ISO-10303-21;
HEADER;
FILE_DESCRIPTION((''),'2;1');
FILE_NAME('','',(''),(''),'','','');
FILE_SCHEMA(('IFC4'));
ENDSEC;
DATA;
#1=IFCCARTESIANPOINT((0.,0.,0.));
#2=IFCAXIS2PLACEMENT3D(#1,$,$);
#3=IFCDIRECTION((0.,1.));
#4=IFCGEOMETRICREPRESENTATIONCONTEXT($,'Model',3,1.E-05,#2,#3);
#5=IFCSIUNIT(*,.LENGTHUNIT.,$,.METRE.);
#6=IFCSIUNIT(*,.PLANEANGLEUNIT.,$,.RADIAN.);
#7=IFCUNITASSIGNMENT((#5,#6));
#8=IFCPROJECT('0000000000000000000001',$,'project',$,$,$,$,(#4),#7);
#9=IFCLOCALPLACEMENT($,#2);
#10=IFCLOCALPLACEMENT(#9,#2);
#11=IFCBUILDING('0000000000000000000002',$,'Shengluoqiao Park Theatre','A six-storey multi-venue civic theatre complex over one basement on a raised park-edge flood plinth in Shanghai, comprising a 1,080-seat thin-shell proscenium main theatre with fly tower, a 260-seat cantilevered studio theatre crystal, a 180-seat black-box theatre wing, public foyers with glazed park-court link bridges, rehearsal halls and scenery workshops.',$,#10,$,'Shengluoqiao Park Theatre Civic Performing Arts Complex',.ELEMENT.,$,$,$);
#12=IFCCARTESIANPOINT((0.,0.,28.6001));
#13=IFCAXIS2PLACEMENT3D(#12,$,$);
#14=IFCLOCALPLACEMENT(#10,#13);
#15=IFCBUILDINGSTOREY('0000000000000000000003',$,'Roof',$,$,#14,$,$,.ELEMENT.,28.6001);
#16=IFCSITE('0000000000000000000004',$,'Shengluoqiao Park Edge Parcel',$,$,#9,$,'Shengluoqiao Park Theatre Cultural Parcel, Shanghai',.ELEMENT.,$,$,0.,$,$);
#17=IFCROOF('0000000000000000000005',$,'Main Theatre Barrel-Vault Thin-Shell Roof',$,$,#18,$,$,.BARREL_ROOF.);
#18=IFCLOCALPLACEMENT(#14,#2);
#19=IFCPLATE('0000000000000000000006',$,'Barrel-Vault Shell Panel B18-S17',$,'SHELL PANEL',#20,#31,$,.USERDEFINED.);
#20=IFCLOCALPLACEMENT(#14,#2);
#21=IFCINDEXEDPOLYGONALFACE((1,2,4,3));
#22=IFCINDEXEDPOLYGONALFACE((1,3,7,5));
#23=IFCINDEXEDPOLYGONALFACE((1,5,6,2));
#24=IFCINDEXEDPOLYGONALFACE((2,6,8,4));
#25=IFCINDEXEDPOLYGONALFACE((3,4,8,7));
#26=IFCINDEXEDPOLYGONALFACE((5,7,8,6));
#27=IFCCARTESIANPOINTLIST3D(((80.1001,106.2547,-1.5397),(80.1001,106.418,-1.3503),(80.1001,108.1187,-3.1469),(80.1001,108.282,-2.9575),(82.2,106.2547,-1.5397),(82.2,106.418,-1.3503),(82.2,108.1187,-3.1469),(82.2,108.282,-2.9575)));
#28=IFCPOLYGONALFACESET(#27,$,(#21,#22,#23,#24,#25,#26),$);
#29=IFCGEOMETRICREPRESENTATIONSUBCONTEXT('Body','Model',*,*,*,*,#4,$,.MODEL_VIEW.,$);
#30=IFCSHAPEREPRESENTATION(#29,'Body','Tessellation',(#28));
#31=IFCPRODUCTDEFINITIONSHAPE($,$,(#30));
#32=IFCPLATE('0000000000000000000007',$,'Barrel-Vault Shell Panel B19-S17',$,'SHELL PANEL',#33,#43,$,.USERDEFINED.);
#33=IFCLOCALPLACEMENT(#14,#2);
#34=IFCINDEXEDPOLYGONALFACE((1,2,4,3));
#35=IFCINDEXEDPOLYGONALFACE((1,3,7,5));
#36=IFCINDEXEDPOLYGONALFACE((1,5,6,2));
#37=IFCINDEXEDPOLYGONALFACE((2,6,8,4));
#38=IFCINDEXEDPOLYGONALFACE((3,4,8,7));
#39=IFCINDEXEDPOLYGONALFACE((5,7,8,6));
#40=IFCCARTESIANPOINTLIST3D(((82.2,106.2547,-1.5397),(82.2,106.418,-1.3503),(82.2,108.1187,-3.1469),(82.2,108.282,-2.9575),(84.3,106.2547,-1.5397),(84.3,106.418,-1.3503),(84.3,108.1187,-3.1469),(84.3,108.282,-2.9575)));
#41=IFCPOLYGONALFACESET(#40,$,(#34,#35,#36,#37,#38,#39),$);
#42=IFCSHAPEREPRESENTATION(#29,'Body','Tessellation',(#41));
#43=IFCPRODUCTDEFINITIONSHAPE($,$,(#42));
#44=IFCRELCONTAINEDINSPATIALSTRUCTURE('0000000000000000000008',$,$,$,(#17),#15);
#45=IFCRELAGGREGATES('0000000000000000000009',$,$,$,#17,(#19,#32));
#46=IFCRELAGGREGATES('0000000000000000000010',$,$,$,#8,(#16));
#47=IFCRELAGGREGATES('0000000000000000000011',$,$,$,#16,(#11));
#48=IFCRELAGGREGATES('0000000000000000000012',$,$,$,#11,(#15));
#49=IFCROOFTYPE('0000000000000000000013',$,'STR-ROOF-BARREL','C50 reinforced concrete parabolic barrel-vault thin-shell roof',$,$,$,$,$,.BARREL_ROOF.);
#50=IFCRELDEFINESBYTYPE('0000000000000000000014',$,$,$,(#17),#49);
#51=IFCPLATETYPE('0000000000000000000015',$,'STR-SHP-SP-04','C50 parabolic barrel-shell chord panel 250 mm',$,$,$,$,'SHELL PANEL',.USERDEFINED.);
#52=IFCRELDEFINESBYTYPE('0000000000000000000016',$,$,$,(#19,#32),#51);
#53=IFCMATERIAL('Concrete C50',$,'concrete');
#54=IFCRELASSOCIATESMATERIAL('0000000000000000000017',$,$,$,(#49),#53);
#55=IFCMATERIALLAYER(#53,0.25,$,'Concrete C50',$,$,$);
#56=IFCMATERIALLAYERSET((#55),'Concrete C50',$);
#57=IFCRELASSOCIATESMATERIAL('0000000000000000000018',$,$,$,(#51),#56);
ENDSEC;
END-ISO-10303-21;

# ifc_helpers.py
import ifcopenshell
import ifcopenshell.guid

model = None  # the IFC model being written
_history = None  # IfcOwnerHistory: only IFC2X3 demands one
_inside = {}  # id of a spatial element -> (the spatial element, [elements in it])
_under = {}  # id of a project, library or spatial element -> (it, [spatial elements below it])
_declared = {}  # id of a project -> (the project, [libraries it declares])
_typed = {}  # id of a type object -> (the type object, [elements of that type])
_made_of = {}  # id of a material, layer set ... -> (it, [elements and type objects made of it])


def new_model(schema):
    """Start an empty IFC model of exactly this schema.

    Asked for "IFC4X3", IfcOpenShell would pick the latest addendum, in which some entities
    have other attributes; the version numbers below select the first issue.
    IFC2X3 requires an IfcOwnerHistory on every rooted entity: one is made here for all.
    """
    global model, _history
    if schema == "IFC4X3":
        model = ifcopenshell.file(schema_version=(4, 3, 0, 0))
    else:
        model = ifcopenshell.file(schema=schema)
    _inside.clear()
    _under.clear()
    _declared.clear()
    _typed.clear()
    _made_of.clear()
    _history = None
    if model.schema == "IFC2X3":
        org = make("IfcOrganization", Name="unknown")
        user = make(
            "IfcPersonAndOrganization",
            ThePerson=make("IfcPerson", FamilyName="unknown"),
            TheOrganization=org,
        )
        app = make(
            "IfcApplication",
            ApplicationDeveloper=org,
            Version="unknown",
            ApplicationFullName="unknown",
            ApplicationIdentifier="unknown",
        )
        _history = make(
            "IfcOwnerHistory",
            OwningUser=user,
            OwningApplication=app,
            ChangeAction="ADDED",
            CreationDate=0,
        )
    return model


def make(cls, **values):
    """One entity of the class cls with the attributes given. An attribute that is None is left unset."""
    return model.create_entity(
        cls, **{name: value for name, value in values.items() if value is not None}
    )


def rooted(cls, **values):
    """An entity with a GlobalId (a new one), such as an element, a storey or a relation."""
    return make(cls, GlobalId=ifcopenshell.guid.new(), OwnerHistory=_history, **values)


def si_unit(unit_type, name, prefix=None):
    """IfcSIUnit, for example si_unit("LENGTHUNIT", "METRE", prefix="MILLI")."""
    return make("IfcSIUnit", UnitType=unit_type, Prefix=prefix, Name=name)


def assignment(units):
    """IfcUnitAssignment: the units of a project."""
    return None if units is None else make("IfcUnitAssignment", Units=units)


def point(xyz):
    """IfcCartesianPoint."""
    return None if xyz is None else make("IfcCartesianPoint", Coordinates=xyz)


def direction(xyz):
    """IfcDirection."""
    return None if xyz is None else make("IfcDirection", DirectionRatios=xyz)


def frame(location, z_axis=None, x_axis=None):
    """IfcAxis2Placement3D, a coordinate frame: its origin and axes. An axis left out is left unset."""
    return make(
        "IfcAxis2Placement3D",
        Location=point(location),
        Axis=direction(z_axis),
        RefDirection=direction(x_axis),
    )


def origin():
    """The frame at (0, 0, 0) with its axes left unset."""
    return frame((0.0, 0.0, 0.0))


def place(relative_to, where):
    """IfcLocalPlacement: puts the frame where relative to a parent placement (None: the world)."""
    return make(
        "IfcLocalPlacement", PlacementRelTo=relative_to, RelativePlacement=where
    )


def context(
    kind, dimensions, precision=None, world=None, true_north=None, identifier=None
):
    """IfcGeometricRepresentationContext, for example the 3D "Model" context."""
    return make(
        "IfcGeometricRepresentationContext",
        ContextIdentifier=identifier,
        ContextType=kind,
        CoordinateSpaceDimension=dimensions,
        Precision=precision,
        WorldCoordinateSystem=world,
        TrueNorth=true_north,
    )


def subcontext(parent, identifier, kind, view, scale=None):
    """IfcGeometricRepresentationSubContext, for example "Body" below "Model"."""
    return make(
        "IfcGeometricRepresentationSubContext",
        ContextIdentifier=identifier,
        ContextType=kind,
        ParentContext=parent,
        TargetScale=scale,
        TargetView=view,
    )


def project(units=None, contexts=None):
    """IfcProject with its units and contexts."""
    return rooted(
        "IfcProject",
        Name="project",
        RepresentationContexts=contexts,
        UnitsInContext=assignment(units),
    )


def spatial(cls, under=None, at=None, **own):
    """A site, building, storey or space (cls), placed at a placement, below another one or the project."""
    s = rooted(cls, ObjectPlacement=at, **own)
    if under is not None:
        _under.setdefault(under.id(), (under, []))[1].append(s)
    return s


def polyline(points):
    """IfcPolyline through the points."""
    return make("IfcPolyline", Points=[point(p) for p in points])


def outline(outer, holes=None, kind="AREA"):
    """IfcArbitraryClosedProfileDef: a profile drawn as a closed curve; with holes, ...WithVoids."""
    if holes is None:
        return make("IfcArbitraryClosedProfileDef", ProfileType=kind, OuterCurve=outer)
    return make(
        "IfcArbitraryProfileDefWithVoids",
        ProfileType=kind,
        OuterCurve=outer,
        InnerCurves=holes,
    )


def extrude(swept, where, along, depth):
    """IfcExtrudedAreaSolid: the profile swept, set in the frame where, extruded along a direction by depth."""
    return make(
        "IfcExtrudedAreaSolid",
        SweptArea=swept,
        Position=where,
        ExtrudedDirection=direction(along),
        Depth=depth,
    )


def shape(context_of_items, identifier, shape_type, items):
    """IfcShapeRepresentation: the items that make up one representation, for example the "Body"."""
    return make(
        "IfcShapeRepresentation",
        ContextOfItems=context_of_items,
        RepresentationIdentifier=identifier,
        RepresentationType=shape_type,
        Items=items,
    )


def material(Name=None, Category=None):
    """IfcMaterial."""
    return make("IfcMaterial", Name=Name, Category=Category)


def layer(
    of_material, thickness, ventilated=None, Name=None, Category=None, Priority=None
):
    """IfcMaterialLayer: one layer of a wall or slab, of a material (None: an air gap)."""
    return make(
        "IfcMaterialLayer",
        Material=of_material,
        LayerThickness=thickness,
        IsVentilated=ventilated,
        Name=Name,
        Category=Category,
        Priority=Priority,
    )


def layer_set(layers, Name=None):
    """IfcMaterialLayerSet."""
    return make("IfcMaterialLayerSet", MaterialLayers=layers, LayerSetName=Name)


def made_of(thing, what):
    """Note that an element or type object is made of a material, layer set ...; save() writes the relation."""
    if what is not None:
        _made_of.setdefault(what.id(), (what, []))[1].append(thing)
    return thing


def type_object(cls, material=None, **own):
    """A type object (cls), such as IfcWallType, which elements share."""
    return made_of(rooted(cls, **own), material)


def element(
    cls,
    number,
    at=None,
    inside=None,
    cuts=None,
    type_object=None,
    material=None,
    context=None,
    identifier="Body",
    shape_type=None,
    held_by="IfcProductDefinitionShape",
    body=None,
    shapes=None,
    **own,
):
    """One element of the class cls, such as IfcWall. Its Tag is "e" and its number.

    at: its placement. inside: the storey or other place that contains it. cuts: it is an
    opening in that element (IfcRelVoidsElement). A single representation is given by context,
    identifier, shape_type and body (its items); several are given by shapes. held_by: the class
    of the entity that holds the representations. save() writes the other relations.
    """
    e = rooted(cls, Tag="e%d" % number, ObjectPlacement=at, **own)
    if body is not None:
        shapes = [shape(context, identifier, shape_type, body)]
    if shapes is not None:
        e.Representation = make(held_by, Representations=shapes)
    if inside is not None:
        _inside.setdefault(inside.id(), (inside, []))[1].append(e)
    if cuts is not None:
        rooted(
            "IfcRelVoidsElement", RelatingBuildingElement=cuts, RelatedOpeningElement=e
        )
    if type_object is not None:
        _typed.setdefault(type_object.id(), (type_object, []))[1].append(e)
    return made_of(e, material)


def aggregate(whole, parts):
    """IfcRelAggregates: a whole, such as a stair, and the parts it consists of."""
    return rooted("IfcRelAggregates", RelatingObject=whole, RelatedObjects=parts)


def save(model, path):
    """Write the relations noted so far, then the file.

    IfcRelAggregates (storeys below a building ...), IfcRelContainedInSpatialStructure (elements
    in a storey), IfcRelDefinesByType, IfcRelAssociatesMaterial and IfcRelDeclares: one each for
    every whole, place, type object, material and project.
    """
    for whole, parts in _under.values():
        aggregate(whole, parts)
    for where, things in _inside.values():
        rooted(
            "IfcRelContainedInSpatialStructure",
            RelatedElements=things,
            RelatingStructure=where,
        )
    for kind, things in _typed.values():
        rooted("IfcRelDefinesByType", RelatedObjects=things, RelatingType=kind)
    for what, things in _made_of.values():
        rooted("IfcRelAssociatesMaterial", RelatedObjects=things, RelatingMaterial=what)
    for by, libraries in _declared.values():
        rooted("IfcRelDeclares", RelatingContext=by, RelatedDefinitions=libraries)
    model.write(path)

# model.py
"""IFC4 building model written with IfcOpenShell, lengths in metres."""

from ifc_helpers import new_model, si_unit, direction, frame, origin, place, context, subcontext, project, spatial, polyline, outline, extrude, material, layer, layer_set, type_object, element, aggregate, save


model = new_model("IFC4")

# Units and contexts
model_context = context("Model", 3, precision=1e-05, world=origin(), true_north=direction((0.0, 1.0)))
body_context = subcontext(model_context, "Body", "Model", "MODEL_VIEW")
ifc_project = project(units=[si_unit("LENGTHUNIT", "METRE"), si_unit("PLANEANGLEUNIT", "RADIAN")], contexts=[model_context])

# Site, building, storey
site_placement = place(None, origin())
site = spatial("IfcSite", under=ifc_project, at=site_placement, Name="Shengluoqiao Park Edge Parcel", LongName="Shengluoqiao Park Theatre Cultural Parcel, Shanghai", CompositionType="ELEMENT", RefElevation=0.0)
building_placement = place(site_placement, origin())
building = spatial("IfcBuilding", under=site, at=building_placement, Name="Shengluoqiao Park Theatre", Description="A six-storey multi-venue civic theatre complex over one basement on a raised park-edge flood plinth in Shanghai, comprising a 1,080-seat thin-shell proscenium main theatre with fly tower, a 260-seat cantilevered studio theatre crystal, a 180-seat black-box theatre wing, public foyers with glazed park-court link bridges, rehearsal halls and scenery workshops.", LongName="Shengluoqiao Park Theatre Civic Performing Arts Complex", CompositionType="ELEMENT")
storey_placement = place(building_placement, frame((0.0, 0.0, 28.6001)))
storey = spatial("IfcBuildingStorey", under=building, at=storey_placement, Name="Roof", CompositionType="ELEMENT", Elevation=28.6001)

# Shared definitions
ifc_material_1 = material(Name="Concrete C50", Category="concrete")

# Roof, plates
roof_type = type_object("IfcRoofType", Name="STR-ROOF-BARREL", Description="C50 reinforced concrete parabolic barrel-vault thin-shell roof", PredefinedType="BARREL_ROOF", material=ifc_material_1)
roof_placement = place(storey_placement, origin())
roof = element("IfcRoof", 1, at=roof_placement, inside=storey, type_object=roof_type, Name="Main Theatre Barrel-Vault Thin-Shell Roof", PredefinedType="BARREL_ROOF")
ifc_layer_1 = layer(ifc_material_1, 0.25, Name="Concrete C50")
ifc_layer_set_1 = layer_set([ifc_layer_1], Name="Concrete C50")
plate_type_1 = type_object("IfcPlateType", Name="STR-SHP-SP-04", Description="C50 parabolic barrel-shell chord panel 250 mm", ElementType="SHELL PANEL", PredefinedType="USERDEFINED", material=ifc_layer_set_1)
plate_1_placement = place(storey_placement, frame((80.1001, 106.418, -1.3503), z_axis=(0.0, 0.653002, 0.757356), x_axis=(1.0, 0.0, 0.0)))
plate_1 = element("IfcPlate", 2, at=plate_1_placement, type_object=plate_type_1, Name="Barrel-Vault Shell Panel B18-S17", ObjectType="SHELL PANEL", PredefinedType="USERDEFINED", context=body_context, shape_type="SweptSolid", body=[
    extrude(outline(polyline([(0.0, 0.0), (2.0999, 0.0), (2.0999, 2.4612), (0.0, 2.4612), (0.0, 0.0)])), origin(), (0.0, 0.0, -1.0), 0.25),
])
plate_2_placement = place(storey_placement, frame((82.2, 106.418, -1.3503), z_axis=(0.0, 0.653002, 0.757356), x_axis=(1.0, 0.0, 0.0)))
plate_2 = element("IfcPlate", 3, at=plate_2_placement, type_object=plate_type_1, Name="Barrel-Vault Shell Panel B19-S17", ObjectType="SHELL PANEL", PredefinedType="USERDEFINED", context=body_context, shape_type="SweptSolid", body=[
    extrude(outline(polyline([(0.0, 0.0), (2.1001, 0.0), (2.1001, 2.4612), (0.0, 2.4612), (0.0, 0.0)])), origin(), (0.0, 0.0, -1.0), 0.25),
])
aggregate(roof, [plate_1, plate_2])

save(model, "model.ifc")
